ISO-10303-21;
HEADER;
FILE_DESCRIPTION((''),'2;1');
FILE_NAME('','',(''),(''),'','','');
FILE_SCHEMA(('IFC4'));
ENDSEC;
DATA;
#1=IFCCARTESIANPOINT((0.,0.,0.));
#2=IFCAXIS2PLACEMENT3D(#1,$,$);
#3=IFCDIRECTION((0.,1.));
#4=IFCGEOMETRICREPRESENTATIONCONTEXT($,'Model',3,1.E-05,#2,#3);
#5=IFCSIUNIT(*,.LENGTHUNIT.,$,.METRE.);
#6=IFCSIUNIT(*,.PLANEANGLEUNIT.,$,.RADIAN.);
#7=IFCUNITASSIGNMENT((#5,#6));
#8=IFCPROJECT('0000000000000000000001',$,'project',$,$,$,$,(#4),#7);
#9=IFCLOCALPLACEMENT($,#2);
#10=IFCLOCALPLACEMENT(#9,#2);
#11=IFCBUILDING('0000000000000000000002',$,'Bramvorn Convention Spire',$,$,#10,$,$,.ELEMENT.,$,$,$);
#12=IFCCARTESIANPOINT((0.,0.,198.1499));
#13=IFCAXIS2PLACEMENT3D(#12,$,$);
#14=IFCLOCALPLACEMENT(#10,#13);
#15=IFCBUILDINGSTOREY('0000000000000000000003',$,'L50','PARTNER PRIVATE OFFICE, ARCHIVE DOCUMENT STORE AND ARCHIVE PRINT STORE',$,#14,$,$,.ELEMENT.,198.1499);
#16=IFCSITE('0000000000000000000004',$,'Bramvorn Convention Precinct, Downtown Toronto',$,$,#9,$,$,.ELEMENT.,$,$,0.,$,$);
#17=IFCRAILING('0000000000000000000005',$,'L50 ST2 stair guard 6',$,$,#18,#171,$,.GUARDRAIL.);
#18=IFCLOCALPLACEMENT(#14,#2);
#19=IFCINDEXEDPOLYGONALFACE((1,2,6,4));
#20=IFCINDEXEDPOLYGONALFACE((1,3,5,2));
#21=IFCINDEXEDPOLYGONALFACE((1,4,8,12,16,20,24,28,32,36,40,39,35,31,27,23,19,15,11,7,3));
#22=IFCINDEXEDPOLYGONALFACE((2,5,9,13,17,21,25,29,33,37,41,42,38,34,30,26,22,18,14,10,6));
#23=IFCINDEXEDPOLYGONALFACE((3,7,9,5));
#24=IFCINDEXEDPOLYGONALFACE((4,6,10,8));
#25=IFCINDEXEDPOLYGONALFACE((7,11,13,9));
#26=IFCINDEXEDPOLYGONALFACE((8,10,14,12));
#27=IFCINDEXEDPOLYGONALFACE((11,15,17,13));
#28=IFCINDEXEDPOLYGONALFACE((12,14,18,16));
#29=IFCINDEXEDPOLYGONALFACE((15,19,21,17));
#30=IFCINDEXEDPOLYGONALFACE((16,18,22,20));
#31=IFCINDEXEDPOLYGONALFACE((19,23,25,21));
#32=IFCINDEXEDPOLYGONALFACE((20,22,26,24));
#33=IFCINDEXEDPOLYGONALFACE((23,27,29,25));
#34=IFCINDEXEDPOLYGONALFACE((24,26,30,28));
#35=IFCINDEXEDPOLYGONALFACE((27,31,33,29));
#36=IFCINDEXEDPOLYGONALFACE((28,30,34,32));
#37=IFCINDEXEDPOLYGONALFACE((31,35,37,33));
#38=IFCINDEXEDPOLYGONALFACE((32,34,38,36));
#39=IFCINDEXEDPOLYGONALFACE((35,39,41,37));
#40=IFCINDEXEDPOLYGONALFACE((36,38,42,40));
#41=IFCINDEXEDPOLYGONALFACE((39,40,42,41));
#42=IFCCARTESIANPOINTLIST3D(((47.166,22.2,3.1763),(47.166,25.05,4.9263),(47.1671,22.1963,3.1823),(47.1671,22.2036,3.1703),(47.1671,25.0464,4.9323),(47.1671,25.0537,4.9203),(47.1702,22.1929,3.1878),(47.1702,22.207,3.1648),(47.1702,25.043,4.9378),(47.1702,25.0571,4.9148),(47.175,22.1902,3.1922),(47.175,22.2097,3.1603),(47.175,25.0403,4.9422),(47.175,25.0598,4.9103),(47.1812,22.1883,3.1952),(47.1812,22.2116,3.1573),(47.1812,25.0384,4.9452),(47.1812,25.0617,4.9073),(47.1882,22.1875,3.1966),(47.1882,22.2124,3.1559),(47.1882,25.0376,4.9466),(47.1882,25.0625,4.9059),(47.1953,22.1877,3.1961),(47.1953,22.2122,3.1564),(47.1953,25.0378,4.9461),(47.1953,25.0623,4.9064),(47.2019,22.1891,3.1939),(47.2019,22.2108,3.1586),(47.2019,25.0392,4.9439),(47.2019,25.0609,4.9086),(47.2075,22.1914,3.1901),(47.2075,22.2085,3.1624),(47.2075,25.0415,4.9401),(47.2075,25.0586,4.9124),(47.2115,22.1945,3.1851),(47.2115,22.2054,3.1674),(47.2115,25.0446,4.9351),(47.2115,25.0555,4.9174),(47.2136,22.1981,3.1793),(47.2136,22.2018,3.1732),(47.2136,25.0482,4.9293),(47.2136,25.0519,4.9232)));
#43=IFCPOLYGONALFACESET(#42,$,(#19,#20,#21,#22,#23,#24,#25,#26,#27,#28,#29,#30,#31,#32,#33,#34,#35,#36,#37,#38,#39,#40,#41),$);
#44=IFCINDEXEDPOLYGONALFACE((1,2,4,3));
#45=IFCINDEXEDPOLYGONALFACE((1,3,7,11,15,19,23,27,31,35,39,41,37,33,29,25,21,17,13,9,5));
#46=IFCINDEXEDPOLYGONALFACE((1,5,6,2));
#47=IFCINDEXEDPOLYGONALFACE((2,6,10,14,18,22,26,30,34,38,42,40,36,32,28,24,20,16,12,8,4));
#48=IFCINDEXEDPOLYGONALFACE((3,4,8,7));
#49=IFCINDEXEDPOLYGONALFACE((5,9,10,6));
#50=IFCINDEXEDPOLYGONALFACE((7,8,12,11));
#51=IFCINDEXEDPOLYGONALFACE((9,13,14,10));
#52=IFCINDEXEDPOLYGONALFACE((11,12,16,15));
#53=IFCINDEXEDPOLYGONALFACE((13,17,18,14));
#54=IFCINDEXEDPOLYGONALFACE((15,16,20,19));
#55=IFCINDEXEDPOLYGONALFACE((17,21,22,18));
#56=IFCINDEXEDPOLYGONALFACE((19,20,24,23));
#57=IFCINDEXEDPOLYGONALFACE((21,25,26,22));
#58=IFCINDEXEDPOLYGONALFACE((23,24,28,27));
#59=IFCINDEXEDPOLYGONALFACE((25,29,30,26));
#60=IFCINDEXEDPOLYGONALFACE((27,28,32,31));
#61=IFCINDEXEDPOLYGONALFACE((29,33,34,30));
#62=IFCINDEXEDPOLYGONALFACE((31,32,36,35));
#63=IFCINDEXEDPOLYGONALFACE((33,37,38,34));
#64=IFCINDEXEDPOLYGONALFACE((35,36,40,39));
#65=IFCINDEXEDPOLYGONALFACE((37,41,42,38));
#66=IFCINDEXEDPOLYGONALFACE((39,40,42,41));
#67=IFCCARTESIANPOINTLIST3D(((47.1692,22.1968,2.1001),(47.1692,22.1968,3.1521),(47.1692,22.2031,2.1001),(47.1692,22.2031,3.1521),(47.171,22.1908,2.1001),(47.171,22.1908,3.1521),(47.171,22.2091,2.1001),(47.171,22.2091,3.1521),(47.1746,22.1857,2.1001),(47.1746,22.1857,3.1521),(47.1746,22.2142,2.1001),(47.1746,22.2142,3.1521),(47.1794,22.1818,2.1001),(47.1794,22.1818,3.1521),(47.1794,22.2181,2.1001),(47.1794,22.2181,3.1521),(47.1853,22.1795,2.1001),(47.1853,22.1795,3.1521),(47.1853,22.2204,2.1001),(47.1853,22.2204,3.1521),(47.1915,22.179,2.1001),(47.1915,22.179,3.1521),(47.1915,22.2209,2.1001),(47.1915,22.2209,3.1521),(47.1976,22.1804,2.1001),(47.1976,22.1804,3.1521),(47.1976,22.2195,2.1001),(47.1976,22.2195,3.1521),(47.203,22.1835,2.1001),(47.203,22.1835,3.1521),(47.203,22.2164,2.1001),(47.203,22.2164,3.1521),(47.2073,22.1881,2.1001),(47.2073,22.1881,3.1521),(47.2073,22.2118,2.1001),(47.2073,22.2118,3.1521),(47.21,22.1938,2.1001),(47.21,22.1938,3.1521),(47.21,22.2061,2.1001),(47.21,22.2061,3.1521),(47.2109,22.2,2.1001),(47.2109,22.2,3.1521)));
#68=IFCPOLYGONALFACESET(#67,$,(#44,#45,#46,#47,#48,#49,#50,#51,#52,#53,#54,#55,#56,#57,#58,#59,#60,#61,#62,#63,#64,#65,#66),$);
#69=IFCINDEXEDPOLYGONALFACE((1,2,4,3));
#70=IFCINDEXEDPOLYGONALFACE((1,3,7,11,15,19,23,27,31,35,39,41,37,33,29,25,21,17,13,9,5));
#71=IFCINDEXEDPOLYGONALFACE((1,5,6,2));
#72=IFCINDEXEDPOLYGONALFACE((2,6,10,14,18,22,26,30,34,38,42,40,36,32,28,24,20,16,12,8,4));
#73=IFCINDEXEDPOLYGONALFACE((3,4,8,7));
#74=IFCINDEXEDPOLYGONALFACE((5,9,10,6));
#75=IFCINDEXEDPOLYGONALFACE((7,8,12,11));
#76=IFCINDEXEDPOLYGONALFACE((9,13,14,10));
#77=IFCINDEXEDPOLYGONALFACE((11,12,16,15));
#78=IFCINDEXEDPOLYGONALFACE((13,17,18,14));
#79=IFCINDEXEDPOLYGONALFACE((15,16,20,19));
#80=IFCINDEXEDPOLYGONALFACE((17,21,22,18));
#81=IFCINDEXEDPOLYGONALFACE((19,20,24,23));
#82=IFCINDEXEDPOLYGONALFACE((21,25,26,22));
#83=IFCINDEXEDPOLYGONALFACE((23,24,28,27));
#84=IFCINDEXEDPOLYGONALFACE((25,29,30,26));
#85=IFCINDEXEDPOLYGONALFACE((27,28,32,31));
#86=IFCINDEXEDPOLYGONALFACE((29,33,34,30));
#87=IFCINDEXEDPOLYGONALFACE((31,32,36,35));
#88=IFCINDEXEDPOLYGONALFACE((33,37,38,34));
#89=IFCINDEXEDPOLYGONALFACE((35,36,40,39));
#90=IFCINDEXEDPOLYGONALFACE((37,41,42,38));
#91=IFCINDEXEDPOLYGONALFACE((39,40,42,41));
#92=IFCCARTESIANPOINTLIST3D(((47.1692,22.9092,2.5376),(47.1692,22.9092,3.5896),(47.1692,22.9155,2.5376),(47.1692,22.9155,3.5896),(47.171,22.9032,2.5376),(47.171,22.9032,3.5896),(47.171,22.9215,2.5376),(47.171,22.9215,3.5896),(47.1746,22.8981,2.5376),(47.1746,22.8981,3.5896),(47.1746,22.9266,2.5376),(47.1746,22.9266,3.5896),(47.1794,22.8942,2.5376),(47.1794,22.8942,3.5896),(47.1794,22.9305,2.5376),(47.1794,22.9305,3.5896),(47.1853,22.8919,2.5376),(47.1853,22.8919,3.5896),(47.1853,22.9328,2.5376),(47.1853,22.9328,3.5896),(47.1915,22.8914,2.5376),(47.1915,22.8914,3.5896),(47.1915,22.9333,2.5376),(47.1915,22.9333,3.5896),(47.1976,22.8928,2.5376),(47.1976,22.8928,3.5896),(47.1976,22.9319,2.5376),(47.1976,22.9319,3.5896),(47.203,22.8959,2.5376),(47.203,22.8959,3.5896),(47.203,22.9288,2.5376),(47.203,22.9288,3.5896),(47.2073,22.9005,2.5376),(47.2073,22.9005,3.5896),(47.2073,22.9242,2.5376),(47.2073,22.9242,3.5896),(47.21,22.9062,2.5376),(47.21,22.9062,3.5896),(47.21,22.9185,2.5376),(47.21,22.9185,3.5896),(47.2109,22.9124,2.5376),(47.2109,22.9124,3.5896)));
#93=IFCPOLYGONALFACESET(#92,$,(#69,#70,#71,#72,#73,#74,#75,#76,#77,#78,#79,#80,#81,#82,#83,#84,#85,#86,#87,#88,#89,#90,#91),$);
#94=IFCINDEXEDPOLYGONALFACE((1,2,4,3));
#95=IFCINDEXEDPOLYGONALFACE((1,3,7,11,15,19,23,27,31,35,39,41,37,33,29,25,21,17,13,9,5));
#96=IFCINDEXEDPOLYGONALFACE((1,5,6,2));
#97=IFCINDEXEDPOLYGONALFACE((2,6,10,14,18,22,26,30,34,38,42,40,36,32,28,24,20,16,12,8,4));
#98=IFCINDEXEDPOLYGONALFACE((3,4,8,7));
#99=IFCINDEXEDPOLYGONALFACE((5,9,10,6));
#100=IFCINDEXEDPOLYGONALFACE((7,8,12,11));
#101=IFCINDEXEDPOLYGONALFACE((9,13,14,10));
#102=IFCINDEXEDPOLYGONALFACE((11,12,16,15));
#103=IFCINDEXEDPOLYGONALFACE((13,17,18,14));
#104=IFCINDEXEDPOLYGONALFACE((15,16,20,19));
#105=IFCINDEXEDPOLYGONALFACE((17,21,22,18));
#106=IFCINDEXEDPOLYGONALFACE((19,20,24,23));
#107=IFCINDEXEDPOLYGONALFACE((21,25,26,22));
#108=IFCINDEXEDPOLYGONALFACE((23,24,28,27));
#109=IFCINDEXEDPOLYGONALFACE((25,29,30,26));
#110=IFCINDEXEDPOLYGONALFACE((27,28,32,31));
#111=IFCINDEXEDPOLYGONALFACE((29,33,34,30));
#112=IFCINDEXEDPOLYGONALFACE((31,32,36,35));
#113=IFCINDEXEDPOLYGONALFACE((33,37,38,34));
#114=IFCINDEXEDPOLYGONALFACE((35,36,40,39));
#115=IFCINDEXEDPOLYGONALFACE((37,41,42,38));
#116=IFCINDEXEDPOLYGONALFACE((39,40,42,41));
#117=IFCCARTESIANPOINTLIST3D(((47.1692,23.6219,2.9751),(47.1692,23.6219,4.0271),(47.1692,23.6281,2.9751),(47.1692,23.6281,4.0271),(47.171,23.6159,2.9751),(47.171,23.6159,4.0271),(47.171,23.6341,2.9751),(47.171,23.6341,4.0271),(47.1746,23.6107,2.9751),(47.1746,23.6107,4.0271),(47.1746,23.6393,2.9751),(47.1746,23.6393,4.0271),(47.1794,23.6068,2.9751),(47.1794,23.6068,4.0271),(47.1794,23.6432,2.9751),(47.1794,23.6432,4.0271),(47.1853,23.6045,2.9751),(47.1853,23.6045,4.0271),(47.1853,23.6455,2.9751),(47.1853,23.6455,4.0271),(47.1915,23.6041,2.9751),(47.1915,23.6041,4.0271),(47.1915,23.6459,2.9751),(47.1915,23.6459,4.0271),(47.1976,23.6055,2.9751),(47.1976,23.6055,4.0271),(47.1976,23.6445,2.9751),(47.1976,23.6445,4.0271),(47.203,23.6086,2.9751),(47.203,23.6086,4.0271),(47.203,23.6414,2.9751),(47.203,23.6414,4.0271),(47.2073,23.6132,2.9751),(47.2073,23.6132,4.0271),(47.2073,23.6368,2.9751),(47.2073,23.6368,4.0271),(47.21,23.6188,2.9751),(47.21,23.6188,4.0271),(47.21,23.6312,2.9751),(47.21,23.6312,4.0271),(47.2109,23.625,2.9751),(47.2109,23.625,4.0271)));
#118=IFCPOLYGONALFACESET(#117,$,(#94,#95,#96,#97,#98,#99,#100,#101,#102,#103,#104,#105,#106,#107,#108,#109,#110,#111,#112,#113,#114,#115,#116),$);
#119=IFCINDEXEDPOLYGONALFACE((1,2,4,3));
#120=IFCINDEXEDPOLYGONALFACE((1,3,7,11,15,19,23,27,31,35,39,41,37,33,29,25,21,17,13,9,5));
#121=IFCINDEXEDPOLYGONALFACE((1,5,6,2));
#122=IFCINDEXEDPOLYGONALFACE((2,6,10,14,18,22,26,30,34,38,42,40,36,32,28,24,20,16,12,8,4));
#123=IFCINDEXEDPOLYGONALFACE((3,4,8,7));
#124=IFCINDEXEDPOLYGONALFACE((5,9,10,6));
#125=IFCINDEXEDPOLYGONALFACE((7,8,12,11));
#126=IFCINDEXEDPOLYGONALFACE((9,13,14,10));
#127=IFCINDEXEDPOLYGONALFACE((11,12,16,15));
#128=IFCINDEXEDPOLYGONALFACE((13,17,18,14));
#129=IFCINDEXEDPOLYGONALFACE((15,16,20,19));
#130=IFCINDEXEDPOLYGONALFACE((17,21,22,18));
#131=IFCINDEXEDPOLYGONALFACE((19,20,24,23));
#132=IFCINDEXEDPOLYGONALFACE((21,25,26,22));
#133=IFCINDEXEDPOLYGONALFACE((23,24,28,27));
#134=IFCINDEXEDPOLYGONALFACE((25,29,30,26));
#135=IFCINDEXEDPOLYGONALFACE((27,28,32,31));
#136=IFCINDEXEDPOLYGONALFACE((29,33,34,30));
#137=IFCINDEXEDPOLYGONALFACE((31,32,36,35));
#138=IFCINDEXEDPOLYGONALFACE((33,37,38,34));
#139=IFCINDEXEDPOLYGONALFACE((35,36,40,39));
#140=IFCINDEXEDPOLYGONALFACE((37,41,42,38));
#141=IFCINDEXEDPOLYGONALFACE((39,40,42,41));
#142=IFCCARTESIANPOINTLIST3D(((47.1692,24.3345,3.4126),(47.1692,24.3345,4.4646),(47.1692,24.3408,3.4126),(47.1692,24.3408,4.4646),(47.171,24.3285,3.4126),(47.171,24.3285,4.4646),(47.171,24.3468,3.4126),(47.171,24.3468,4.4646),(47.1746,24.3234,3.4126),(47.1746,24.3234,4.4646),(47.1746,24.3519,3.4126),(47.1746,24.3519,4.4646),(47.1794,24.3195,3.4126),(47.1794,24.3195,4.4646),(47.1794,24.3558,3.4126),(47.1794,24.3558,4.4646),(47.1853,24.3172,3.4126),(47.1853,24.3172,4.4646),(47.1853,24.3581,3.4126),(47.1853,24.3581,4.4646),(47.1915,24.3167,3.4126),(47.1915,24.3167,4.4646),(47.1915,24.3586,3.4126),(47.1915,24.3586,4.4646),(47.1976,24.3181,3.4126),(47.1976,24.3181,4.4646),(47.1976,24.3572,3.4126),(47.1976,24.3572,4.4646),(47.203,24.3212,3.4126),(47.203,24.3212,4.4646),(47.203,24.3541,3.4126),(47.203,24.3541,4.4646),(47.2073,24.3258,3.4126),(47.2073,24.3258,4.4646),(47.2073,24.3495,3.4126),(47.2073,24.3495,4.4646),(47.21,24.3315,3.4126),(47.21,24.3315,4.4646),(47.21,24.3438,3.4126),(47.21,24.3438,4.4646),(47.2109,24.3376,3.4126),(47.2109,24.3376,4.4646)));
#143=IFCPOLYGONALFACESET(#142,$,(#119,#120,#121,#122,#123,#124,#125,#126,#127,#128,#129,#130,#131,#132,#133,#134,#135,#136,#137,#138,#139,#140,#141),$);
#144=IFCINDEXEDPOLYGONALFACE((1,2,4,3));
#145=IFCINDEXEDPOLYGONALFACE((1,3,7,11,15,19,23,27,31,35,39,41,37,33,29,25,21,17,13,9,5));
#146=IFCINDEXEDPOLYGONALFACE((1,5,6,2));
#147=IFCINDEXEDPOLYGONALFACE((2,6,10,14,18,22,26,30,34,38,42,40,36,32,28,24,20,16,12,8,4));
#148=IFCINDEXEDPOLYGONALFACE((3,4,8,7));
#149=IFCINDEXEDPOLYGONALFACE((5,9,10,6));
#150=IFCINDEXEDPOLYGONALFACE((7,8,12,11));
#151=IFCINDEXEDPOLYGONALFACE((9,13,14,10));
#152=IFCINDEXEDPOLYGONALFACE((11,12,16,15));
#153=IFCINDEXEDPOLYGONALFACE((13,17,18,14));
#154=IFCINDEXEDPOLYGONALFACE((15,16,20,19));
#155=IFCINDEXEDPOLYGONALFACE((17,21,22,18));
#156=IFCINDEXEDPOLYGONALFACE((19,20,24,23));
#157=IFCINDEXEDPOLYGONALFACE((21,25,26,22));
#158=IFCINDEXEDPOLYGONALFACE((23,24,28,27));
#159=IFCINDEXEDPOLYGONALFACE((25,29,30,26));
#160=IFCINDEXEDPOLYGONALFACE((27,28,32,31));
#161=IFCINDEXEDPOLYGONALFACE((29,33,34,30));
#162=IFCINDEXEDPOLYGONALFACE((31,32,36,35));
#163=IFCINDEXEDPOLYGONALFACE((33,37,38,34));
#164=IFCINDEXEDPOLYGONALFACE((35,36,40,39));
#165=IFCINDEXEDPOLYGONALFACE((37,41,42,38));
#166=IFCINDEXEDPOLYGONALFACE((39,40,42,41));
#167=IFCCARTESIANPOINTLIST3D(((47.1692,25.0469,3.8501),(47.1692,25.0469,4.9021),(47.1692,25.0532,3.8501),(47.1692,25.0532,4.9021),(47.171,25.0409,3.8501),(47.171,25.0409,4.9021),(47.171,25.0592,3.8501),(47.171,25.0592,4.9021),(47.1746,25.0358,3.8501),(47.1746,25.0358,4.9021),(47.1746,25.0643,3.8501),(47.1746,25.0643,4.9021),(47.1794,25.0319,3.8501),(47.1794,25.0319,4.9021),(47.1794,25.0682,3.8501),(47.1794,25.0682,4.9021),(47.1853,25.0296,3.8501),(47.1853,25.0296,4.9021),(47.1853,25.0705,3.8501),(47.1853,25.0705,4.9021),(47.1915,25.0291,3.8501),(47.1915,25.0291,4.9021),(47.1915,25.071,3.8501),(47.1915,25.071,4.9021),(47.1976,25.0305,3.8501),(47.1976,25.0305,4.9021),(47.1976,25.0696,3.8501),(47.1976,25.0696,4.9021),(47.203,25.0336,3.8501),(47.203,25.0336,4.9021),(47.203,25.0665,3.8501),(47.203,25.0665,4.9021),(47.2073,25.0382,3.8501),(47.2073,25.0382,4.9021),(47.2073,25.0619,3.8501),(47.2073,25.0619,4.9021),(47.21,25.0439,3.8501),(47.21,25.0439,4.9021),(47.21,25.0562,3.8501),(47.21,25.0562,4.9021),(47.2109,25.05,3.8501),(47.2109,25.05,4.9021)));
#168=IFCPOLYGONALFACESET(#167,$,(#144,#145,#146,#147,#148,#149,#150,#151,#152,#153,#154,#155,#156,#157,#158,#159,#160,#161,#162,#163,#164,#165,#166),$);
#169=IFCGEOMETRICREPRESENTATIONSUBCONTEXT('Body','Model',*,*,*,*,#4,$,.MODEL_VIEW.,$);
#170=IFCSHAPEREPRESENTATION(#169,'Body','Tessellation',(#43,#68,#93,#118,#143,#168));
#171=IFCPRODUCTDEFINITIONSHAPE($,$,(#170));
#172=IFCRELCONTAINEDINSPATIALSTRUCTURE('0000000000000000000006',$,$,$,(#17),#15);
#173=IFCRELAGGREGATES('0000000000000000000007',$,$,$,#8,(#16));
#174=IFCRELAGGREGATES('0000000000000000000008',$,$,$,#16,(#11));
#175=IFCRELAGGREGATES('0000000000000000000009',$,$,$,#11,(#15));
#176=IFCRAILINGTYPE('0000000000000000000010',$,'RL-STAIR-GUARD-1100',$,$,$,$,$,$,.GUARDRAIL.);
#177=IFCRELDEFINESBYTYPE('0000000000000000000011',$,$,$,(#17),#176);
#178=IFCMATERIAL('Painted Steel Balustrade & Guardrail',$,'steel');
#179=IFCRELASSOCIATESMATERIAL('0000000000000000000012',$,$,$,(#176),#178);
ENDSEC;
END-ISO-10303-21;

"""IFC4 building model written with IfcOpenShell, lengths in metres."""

from ifc_helpers import new_model, si_unit, direction, frame, origin, origin_2d, place, context, subcontext, project, spatial, circle, extrude, material, type_object, element, save


model = new_model("IFC4")

# Units and contexts
model_context = context("Model", 3, precision=1e-05, world=origin(), true_north=direction((0.0, 1.0)))
body_context = subcontext(model_context, "Body", "Model", "MODEL_VIEW")
ifc_project = project(units=[si_unit("LENGTHUNIT", "METRE"), si_unit("PLANEANGLEUNIT", "RADIAN")], contexts=[model_context])

# Site, building, storey
site_placement = place(None, origin())
site = spatial("IfcSite", under=ifc_project, at=site_placement, Name="Bramvorn Convention Precinct, Downtown Toronto", CompositionType="ELEMENT", RefElevation=0.0)
building_placement = place(site_placement, origin())
building = spatial("IfcBuilding", under=site, at=building_placement, Name="Bramvorn Convention Spire", CompositionType="ELEMENT")
storey_placement = place(building_placement, frame((0.0, 0.0, 198.1499)))
storey = spatial("IfcBuildingStorey", under=building, at=storey_placement, Name="L50", Description="PARTNER PRIVATE OFFICE, ARCHIVE DOCUMENT STORE AND ARCHIVE PRINT STORE", CompositionType="ELEMENT", Elevation=198.1499)

# Railing
ifc_material_1 = material(Name="Painted Steel Balustrade & Guardrail", Category="steel")
railing_type_1 = type_object("IfcRailingType", Name="RL-STAIR-GUARD-1100", PredefinedType="GUARDRAIL", material=ifc_material_1)
railing_1_placement = place(storey_placement, frame((47.1899, 22.2, 2.1001)))
element("IfcRailing", 1, at=railing_1_placement, inside=storey, type_object=railing_type_1, Name="L50 ST2 stair guard 6", PredefinedType="GUARDRAIL", context=body_context, shape_type="SweptSolid", body=[
    extrude(circle(Radius=0.0239, at=origin_2d()), frame((0.0, 0.0, 1.0762), z_axis=(0.0, 0.852179, 0.52325), x_axis=(-1.0, 0.0, 0.0)), (0.0, 0.0, 1.0), 3.3445),
    extrude(circle(Radius=0.021, at=origin_2d()), origin(), (0.0, 0.0, 1.0), 1.052),
    extrude(circle(Radius=0.021, at=origin_2d()), frame((0.0, 0.7124, 0.4375)), (0.0, 0.0, 1.0), 1.052),
    extrude(circle(Radius=0.021, at=origin_2d()), frame((0.0, 1.425, 0.875)), (0.0, 0.0, 1.0), 1.052),
    extrude(circle(Radius=0.021, at=origin_2d()), frame((0.0, 2.1377, 1.3125)), (0.0, 0.0, 1.0), 1.052),
    extrude(circle(Radius=0.021, at=origin_2d()), frame((0.0, 2.8501, 1.75)), (0.0, 0.0, 1.0), 1.052),
])

save(model, "model.ifc")
